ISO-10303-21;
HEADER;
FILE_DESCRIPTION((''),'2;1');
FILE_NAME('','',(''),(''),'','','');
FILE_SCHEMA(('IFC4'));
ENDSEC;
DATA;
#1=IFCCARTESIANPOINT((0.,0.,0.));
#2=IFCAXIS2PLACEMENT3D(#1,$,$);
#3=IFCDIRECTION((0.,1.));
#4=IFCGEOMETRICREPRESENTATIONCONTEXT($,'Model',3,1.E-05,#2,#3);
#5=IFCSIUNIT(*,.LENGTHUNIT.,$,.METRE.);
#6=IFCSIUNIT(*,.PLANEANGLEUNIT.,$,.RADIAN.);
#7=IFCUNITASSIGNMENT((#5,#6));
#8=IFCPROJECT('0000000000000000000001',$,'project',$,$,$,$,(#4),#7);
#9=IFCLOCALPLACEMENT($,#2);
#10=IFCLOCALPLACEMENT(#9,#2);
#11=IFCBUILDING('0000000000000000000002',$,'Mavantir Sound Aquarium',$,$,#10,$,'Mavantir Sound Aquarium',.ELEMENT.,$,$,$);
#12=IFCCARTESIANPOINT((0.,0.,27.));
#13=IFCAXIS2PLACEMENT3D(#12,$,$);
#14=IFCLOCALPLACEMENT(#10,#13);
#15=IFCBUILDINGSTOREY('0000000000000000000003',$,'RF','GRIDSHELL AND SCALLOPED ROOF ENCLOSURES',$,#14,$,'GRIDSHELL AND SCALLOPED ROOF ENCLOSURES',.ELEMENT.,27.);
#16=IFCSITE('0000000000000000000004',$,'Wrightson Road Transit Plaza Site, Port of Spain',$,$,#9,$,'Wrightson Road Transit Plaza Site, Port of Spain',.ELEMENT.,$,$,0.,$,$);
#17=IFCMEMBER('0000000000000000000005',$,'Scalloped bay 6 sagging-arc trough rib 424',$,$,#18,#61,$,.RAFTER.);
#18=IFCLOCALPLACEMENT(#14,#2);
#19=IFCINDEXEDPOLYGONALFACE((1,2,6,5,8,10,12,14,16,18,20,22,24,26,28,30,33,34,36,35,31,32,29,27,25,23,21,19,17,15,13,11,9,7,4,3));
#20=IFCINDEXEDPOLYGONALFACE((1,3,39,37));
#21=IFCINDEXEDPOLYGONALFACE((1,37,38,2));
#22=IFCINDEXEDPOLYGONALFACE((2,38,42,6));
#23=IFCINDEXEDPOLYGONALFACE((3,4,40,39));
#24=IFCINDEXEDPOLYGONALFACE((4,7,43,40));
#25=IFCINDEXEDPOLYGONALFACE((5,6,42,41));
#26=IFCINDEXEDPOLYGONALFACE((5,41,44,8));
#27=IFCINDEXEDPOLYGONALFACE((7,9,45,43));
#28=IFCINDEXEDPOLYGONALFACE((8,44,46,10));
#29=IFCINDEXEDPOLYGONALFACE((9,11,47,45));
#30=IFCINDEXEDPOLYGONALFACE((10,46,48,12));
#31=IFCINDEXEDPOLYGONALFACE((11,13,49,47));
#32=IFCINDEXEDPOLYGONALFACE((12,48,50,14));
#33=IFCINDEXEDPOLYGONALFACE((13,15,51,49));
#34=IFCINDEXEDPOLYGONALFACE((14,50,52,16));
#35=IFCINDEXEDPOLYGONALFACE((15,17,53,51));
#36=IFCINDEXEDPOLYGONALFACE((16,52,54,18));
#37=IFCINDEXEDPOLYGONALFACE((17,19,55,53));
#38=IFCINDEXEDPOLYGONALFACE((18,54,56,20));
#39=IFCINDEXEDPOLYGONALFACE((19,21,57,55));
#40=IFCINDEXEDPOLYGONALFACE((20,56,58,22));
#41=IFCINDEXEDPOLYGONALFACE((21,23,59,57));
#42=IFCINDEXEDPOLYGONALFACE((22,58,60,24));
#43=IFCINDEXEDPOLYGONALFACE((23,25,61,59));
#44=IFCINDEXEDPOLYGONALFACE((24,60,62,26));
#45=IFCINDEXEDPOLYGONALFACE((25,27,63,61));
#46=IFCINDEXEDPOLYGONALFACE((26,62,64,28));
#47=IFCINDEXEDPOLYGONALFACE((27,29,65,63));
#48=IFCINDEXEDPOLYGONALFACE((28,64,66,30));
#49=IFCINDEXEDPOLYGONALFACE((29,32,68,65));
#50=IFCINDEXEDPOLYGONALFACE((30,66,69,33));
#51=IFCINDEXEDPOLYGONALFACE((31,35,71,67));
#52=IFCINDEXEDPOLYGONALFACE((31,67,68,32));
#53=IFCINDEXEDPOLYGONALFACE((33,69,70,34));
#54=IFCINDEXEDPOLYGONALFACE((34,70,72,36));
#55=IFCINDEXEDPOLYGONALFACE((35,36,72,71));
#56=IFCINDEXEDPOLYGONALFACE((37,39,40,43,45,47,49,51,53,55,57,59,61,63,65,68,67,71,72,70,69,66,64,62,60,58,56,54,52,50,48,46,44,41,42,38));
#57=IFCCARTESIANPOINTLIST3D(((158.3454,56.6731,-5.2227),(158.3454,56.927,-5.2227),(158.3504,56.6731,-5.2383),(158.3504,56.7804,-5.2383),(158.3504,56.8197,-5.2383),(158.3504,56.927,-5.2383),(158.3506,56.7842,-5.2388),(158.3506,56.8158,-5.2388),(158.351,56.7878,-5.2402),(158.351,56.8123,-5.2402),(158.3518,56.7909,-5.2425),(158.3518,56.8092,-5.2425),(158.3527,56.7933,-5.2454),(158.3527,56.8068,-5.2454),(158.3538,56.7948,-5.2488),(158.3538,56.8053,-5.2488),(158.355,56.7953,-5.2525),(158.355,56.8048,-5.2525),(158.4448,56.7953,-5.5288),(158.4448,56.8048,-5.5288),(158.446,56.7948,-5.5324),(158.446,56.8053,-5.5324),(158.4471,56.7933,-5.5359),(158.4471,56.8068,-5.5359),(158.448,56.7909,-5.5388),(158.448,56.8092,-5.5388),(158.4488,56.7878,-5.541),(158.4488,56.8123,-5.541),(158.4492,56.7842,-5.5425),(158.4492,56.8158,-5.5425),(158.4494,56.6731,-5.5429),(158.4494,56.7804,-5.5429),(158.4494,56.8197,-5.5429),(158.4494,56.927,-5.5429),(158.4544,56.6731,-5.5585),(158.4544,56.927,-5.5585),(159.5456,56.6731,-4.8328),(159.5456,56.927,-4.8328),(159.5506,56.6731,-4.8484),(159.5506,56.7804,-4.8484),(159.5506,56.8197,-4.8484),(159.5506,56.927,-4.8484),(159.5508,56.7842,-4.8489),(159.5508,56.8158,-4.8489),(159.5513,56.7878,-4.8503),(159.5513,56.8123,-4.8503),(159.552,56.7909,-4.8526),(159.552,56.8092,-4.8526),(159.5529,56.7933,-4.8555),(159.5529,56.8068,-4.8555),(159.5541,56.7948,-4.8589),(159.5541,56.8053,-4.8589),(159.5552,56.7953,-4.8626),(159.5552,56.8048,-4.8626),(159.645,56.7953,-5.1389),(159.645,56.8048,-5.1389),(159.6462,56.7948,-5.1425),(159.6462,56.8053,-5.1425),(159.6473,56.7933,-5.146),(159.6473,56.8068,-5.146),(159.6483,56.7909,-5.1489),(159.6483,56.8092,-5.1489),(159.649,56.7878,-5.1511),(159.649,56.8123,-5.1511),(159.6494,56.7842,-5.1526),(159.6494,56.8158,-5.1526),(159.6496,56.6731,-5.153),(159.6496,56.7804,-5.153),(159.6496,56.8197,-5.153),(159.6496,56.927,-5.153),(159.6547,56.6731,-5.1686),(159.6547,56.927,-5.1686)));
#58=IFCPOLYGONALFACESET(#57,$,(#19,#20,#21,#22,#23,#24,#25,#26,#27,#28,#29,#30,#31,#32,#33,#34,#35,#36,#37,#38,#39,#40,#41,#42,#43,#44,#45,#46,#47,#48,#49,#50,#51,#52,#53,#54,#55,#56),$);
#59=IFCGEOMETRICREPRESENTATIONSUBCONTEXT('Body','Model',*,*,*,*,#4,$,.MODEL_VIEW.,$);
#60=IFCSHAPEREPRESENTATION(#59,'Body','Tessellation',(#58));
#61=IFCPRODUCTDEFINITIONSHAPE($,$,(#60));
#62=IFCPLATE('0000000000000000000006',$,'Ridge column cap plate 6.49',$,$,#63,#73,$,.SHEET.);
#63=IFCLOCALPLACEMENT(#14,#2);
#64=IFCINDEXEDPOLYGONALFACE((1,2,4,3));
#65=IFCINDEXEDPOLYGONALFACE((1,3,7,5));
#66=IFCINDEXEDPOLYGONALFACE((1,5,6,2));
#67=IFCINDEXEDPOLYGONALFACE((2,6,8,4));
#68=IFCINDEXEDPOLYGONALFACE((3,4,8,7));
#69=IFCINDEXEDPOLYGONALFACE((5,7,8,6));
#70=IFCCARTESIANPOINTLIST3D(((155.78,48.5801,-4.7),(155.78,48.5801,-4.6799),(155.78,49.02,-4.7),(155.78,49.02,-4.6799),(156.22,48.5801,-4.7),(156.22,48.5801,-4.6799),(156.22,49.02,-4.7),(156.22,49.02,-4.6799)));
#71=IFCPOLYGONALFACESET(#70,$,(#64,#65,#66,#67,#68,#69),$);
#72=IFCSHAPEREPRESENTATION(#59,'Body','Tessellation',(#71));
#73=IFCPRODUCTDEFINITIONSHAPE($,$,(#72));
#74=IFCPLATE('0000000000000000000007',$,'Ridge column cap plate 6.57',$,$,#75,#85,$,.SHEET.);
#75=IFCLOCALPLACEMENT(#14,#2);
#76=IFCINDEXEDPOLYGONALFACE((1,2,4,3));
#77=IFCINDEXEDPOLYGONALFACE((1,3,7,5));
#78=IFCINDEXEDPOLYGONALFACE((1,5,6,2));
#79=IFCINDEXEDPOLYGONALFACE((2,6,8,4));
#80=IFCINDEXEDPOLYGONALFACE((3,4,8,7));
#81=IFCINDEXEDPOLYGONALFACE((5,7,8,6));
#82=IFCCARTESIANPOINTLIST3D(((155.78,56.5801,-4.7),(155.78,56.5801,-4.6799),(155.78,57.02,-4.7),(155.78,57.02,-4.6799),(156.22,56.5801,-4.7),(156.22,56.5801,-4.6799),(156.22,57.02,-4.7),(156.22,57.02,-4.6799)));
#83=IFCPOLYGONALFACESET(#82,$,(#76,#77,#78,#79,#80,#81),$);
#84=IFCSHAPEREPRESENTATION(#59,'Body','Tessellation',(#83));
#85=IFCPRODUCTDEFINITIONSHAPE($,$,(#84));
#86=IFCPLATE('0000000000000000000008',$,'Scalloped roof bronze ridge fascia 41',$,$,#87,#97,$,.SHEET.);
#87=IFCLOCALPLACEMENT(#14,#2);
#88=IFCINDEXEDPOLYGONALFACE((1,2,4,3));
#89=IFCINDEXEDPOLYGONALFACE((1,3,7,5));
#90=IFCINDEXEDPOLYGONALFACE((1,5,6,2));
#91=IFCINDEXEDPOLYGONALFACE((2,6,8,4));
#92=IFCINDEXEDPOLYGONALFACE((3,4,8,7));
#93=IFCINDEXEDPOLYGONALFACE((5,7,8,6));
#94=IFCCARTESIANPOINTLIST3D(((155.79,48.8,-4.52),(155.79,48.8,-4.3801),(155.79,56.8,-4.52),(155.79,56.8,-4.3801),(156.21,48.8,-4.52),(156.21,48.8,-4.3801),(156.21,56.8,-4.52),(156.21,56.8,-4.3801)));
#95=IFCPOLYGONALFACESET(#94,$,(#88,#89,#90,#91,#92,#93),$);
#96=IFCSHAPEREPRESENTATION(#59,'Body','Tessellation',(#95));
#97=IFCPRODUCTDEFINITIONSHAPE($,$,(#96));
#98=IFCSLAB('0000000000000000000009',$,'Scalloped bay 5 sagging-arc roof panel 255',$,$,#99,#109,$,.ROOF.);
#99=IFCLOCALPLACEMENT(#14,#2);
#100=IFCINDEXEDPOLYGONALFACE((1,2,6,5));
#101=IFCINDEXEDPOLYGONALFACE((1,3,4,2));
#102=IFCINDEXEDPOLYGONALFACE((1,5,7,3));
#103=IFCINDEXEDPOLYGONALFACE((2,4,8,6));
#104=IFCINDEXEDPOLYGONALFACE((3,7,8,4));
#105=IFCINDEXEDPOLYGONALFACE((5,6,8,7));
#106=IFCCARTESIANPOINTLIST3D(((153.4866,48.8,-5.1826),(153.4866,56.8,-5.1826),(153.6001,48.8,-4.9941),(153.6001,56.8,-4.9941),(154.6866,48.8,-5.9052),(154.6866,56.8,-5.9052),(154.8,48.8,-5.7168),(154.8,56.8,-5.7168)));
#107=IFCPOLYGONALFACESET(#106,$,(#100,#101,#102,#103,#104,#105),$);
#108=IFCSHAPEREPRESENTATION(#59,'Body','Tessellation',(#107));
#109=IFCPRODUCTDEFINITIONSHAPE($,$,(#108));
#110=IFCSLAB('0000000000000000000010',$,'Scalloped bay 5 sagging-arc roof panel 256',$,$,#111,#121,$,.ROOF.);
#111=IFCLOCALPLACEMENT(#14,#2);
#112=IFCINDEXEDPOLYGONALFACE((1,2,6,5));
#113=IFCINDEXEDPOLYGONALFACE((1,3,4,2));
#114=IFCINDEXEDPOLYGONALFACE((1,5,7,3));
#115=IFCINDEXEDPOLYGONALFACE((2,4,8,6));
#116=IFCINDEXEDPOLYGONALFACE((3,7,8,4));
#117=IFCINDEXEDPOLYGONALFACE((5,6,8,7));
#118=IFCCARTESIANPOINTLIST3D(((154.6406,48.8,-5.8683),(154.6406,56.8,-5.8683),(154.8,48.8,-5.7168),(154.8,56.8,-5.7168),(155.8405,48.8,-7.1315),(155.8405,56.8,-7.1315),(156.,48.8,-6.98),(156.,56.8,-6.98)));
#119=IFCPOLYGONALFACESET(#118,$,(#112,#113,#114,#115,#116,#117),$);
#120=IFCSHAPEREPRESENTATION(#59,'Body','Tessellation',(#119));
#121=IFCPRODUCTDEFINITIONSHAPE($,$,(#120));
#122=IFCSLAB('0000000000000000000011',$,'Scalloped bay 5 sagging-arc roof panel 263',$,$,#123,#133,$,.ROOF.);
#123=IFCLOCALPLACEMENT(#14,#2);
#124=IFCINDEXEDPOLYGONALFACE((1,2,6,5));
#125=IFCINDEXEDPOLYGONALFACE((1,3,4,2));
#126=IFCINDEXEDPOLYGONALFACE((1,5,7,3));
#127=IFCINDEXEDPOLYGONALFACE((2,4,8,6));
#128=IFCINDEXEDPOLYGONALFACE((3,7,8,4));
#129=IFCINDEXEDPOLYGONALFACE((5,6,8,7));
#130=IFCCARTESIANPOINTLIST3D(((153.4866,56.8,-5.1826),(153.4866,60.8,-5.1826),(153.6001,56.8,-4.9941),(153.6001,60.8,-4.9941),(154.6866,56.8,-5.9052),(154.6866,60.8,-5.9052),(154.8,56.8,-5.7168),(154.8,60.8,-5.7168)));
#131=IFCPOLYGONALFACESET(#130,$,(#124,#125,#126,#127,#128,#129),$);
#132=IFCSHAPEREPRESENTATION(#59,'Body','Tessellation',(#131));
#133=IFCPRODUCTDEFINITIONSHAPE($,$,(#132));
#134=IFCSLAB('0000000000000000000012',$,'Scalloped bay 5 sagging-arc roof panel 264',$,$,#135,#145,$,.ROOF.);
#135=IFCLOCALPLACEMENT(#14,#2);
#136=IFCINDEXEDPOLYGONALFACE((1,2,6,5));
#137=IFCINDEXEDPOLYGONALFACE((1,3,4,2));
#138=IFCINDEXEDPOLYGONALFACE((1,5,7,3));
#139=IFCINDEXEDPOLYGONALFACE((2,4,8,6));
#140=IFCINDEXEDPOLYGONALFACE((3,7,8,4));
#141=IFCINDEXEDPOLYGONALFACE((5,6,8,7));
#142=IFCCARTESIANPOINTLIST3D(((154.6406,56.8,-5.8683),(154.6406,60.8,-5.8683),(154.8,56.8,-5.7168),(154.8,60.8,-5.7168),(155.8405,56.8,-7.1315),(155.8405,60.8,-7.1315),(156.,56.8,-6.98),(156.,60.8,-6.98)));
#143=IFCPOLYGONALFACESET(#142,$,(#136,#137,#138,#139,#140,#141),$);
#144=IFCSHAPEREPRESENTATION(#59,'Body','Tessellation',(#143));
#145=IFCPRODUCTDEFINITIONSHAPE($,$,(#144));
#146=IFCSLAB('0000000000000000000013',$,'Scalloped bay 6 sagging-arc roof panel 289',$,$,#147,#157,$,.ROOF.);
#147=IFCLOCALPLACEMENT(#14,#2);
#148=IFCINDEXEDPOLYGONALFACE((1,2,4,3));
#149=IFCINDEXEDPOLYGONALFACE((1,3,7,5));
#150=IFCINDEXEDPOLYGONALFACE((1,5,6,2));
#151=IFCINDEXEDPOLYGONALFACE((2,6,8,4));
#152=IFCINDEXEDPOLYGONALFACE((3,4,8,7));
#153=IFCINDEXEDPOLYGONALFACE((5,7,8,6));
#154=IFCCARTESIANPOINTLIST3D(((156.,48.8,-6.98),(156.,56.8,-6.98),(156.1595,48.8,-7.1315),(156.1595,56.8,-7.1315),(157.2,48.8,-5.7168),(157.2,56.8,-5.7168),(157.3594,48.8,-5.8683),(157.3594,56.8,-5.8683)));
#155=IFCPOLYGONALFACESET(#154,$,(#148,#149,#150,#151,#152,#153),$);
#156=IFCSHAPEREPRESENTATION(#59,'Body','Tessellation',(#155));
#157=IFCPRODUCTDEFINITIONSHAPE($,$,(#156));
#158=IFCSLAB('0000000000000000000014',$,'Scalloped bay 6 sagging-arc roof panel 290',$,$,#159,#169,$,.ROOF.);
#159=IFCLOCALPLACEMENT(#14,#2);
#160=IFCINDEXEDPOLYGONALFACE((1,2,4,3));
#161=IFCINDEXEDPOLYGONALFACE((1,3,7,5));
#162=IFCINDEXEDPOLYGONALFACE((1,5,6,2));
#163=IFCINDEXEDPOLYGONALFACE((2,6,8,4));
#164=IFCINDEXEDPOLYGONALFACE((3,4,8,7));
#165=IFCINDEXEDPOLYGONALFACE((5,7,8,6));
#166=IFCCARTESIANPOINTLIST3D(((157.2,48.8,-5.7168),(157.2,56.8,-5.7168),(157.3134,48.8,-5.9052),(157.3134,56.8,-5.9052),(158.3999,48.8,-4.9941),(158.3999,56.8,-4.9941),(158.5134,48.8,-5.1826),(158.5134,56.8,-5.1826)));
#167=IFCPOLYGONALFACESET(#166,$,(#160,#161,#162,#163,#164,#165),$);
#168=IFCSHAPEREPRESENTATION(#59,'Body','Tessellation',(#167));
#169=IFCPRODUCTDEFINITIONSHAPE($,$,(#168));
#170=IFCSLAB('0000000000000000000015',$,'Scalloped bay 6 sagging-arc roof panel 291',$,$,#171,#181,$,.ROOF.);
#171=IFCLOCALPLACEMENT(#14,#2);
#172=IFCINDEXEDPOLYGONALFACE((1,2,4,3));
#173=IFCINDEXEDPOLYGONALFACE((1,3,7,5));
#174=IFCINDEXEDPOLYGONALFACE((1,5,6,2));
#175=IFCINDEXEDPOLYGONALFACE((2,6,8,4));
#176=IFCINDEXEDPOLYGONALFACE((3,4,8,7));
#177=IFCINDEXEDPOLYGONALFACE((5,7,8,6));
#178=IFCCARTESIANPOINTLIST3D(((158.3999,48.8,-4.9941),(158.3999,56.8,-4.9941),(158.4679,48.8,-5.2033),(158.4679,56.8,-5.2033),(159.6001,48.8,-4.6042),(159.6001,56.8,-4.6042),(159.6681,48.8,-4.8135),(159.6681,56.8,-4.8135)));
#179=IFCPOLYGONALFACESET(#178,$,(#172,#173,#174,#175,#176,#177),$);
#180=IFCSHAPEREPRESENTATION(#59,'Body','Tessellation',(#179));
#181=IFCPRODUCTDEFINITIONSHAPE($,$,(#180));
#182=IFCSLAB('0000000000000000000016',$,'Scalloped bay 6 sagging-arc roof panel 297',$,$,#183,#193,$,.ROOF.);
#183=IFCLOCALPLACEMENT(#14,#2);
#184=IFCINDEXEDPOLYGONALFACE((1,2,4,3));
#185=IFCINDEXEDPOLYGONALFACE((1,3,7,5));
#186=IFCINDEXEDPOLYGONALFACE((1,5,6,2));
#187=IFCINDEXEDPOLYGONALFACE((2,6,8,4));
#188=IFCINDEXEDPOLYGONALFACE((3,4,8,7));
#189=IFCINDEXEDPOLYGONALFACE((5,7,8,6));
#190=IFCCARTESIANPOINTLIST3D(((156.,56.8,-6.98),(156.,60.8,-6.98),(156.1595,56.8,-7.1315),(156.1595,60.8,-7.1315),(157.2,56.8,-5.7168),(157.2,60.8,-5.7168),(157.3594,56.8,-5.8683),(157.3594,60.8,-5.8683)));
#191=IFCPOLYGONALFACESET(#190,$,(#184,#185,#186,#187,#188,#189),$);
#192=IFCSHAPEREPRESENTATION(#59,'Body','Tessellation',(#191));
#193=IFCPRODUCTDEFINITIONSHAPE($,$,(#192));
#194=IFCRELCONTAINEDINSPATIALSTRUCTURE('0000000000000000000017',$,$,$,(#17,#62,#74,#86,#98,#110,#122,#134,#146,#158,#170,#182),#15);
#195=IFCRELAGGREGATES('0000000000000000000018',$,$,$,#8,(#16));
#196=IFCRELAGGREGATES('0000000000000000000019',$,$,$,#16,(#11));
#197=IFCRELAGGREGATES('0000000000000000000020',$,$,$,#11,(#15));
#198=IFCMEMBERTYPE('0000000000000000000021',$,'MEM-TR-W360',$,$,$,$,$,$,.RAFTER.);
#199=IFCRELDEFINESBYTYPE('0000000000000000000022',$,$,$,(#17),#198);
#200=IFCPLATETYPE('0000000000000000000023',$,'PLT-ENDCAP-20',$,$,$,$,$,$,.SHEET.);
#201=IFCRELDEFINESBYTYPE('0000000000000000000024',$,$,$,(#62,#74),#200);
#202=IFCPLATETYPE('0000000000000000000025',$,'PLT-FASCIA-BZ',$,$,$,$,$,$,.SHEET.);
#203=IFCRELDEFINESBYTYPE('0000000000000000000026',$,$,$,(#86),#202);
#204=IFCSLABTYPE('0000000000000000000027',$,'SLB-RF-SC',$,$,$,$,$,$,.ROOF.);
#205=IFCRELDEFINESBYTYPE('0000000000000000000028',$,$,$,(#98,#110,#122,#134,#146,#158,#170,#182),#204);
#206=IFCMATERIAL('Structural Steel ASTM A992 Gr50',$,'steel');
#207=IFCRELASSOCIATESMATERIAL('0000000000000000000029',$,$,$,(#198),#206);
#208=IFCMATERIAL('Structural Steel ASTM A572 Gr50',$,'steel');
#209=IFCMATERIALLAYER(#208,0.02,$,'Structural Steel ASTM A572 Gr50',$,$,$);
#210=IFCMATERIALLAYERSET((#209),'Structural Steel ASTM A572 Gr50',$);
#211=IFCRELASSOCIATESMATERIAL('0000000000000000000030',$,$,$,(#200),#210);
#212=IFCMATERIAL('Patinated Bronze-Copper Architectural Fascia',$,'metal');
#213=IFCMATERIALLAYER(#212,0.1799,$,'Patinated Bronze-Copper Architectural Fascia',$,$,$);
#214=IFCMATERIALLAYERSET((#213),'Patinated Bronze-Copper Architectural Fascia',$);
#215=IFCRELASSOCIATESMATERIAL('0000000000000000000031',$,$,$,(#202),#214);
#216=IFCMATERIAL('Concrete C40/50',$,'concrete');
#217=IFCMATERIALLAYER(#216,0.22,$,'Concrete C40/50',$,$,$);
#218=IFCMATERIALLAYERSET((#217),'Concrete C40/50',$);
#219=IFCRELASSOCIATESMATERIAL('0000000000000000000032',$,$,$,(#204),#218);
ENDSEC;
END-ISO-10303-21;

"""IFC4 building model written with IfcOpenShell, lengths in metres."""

from ifc_helpers import new_model, si_unit, direction, frame, origin, origin_2d, place, context, subcontext, project, spatial, polyline, rectangle, i_section, outline, extrude, material, layer, layer_set, material_profile, profile_set, type_object, element, save


model = new_model("IFC4")

# Units and contexts
model_context = context("Model", 3, precision=1e-05, world=origin(), true_north=direction((0.0, 1.0)))
body_context = subcontext(model_context, "Body", "Model", "MODEL_VIEW")
ifc_project = project(units=[si_unit("LENGTHUNIT", "METRE"), si_unit("PLANEANGLEUNIT", "RADIAN")], contexts=[model_context])

# Site, building, storey
site_placement = place(None, origin())
site = spatial("IfcSite", under=ifc_project, at=site_placement, Name="Wrightson Road Transit Plaza Site, Port of Spain", LongName="Wrightson Road Transit Plaza Site, Port of Spain", CompositionType="ELEMENT", RefElevation=0.0)
building_placement = place(site_placement, origin())
building = spatial("IfcBuilding", under=site, at=building_placement, Name="Mavantir Sound Aquarium", LongName="Mavantir Sound Aquarium", CompositionType="ELEMENT")
storey_placement = place(building_placement, frame((0.0, 0.0, 27.0)))
storey = spatial("IfcBuildingStorey", under=building, at=storey_placement, Name="RF", Description="GRIDSHELL AND SCALLOPED ROOF ENCLOSURES", LongName="GRIDSHELL AND SCALLOPED ROOF ENCLOSURES", CompositionType="ELEMENT", Elevation=27.0)

# Shared definitions
ifc_material_1 = material(Name="Concrete C40/50", Category="concrete")

# Shared definitions
ifc_material_2 = material(Name="Structural Steel ASTM A992 Gr50", Category="steel")

# Member
ifc_material_profile_1 = material_profile(ifc_material_2, i_section(OverallWidth=0.2539, OverallDepth=0.353, WebThickness=0.0095, FlangeThickness=0.0164, FilletRadius=0.0149, at=origin_2d()), Name="W360X91")
ifc_profile_set_1 = profile_set([ifc_material_profile_1], Name="Structural Steel ASTM A992 Gr50")
member_type_1 = type_object("IfcMemberType", Name="MEM-TR-W360", PredefinedType="RAFTER", material=ifc_profile_set_1)
member_1_placement = place(storey_placement, frame((158.3999, 56.8, -5.3906), z_axis=(0.951074, 0.0, 0.308964), x_axis=(0.0, 1.0, 0.0)))
element("IfcMember", 1, at=member_1_placement, inside=storey, type_object=member_type_1, Name="Scalloped bay 6 sagging-arc trough rib 424", PredefinedType="RAFTER", context=body_context, shape_type="SweptSolid", body=[
    extrude(i_section(OverallWidth=0.2539, OverallDepth=0.353, WebThickness=0.0095, FlangeThickness=0.0164, FilletRadius=0.0149, at=origin_2d()), origin(), (0.0, 0.0, 1.0), 1.262),
])

# Plates
ifc_material_3 = material(Name="Structural Steel ASTM A572 Gr50", Category="steel")
ifc_layer_1 = layer(ifc_material_3, 0.02, Name="Structural Steel ASTM A572 Gr50")
ifc_layer_set_1 = layer_set([ifc_layer_1], Name="Structural Steel ASTM A572 Gr50")
plate_type_1 = type_object("IfcPlateType", Name="PLT-ENDCAP-20", PredefinedType="SHEET", material=ifc_layer_set_1)
for number, where, z_axis, x_axis, name in (
    (2, (156.0, 48.8, -4.7), (0.0, 0.0, 1.0), (1.0, 0.0, 0.0), "Ridge column cap plate 6.49"),
    (3, (156.0, 56.8, -4.7), (0.0, 0.0, 1.0), (1.0, 0.0, 0.0), "Ridge column cap plate 6.57"),
):
    element("IfcPlate", number, at=place(storey_placement, frame(where, z_axis=z_axis, x_axis=x_axis)), inside=storey, type_object=plate_type_1, Name=name, PredefinedType="SHEET", context=body_context, shape_type="SweptSolid", body=[
        extrude(rectangle(XDim=0.4399, YDim=0.4399, at=origin_2d()), origin(), (0.0, 0.0, 1.0), 0.02),
    ])
ifc_material_4 = material(Name="Patinated Bronze-Copper Architectural Fascia", Category="metal")
ifc_layer_2 = layer(ifc_material_4, 0.1799, Name="Patinated Bronze-Copper Architectural Fascia")
ifc_layer_set_2 = layer_set([ifc_layer_2], Name="Patinated Bronze-Copper Architectural Fascia")
plate_type_2 = type_object("IfcPlateType", Name="PLT-FASCIA-BZ", PredefinedType="SHEET", material=ifc_layer_set_2)
plate_placement = place(storey_placement, frame((156.0, 52.8, -4.52), z_axis=(0.0, 0.0, 1.0), x_axis=(1.0, 0.0, 0.0)))
element("IfcPlate", 4, at=plate_placement, inside=storey, type_object=plate_type_2, Name="Scalloped roof bronze ridge fascia 41", PredefinedType="SHEET", context=body_context, shape_type="SweptSolid", body=[
    extrude(rectangle(XDim=0.4199, YDim=8.0, at=origin_2d()), origin(), (0.0, 0.0, 1.0), 0.1399),
])

# Slabs
ifc_layer_3 = layer(ifc_material_1, 0.22, Name="Concrete C40/50")
ifc_layer_set_3 = layer_set([ifc_layer_3], Name="Concrete C40/50")
slab_type = type_object("IfcSlabType", Name="SLB-RF-SC", PredefinedType="ROOF", material=ifc_layer_set_3)
slab_1_placement = place(storey_placement, frame((153.6001, 48.8, -4.9941), z_axis=(0.515905, 0.0, 0.856646), x_axis=(0.856646, 0.0, -0.515905)))
element("IfcSlab", 5, at=slab_1_placement, inside=storey, type_object=slab_type, Name="Scalloped bay 5 sagging-arc roof panel 255", PredefinedType="ROOF", context=body_context, shape_type="SweptSolid", body=[
    extrude(outline(polyline([(0.0, 0.0), (1.4008, 0.0), (1.4008, 8.0), (0.0, 8.0), (0.0, 0.0)])), origin(), (0.0, 0.0, -1.0), 0.22),
])
slab_2_placement = place(storey_placement, frame((154.8, 48.8, -5.7168), z_axis=(0.72502, 0.0, 0.688727), x_axis=(0.688727, 0.0, -0.72502)))
element("IfcSlab", 6, at=slab_2_placement, inside=storey, type_object=slab_type, Name="Scalloped bay 5 sagging-arc roof panel 256", PredefinedType="ROOF", context=body_context, shape_type="SweptSolid", body=[
    extrude(outline(polyline([(0.0, 0.0), (1.7423, 0.0), (1.7423, 8.0), (0.0, 8.0), (0.0, 0.0)])), origin(), (0.0, 0.0, -1.0), 0.22),
])
slab_3_placement = place(storey_placement, frame((153.6001, 56.8, -4.9941), z_axis=(0.515905, 0.0, 0.856646), x_axis=(0.856646, 0.0, -0.515905)))
element("IfcSlab", 7, at=slab_3_placement, inside=storey, type_object=slab_type, Name="Scalloped bay 5 sagging-arc roof panel 263", PredefinedType="ROOF", context=body_context, shape_type="SweptSolid", body=[
    extrude(outline(polyline([(0.0, 0.0), (1.4008, 0.0), (1.4008, 4.0), (0.0, 4.0), (0.0, 0.0)])), origin(), (0.0, 0.0, -1.0), 0.22),
])
slab_4_placement = place(storey_placement, frame((154.8, 56.8, -5.7168), z_axis=(0.72502, 0.0, 0.688727), x_axis=(0.688727, 0.0, -0.72502)))
element("IfcSlab", 8, at=slab_4_placement, inside=storey, type_object=slab_type, Name="Scalloped bay 5 sagging-arc roof panel 264", PredefinedType="ROOF", context=body_context, shape_type="SweptSolid", body=[
    extrude(outline(polyline([(0.0, 0.0), (1.7423, 0.0), (1.7423, 4.0), (0.0, 4.0), (0.0, 0.0)])), origin(), (0.0, 0.0, -1.0), 0.22),
])
slab_5_placement = place(storey_placement, frame((156.0, 48.8, -6.98), z_axis=(-0.72502, 0.0, 0.688727), x_axis=(0.688727, 0.0, 0.72502)))
element("IfcSlab", 9, at=slab_5_placement, inside=storey, type_object=slab_type, Name="Scalloped bay 6 sagging-arc roof panel 289", PredefinedType="ROOF", context=body_context, shape_type="SweptSolid", body=[
    extrude(outline(polyline([(0.0, 0.0), (1.7423, 0.0), (1.7423, 8.0), (0.0, 8.0), (0.0, 0.0)])), origin(), (0.0, 0.0, -1.0), 0.22),
])
slab_6_placement = place(storey_placement, frame((157.2, 48.8, -5.7168), z_axis=(-0.515905, 0.0, 0.856646), x_axis=(0.856646, 0.0, 0.515905)))
element("IfcSlab", 10, at=slab_6_placement, inside=storey, type_object=slab_type, Name="Scalloped bay 6 sagging-arc roof panel 290", PredefinedType="ROOF", context=body_context, shape_type="SweptSolid", body=[
    extrude(outline(polyline([(0.0, 0.0), (1.4008, 0.0), (1.4008, 8.0), (0.0, 8.0), (0.0, 0.0)])), origin(), (0.0, 0.0, -1.0), 0.22),
])
slab_7_placement = place(storey_placement, frame((158.3999, 48.8, -4.9941), z_axis=(-0.308964, 0.0, 0.951074), x_axis=(0.951074, 0.0, 0.308964)))
element("IfcSlab", 11, at=slab_7_placement, inside=storey, type_object=slab_type, Name="Scalloped bay 6 sagging-arc roof panel 291", PredefinedType="ROOF", context=body_context, shape_type="SweptSolid", body=[
    extrude(outline(polyline([(0.0, 0.0), (1.2619, 0.0), (1.2619, 8.0), (0.0, 8.0), (0.0, 0.0)])), origin(), (0.0, 0.0, -1.0), 0.22),
])
slab_8_placement = place(storey_placement, frame((156.0, 56.8, -6.98), z_axis=(-0.72502, 0.0, 0.688727), x_axis=(0.688727, 0.0, 0.72502)))
element("IfcSlab", 12, at=slab_8_placement, inside=storey, type_object=slab_type, Name="Scalloped bay 6 sagging-arc roof panel 297", PredefinedType="ROOF", context=body_context, shape_type="SweptSolid", body=[
    extrude(outline(polyline([(0.0, 0.0), (1.7423, 0.0), (1.7423, 4.0), (0.0, 4.0), (0.0, 0.0)])), origin(), (0.0, 0.0, -1.0), 0.22),
])

save(model, "model.ifc")
